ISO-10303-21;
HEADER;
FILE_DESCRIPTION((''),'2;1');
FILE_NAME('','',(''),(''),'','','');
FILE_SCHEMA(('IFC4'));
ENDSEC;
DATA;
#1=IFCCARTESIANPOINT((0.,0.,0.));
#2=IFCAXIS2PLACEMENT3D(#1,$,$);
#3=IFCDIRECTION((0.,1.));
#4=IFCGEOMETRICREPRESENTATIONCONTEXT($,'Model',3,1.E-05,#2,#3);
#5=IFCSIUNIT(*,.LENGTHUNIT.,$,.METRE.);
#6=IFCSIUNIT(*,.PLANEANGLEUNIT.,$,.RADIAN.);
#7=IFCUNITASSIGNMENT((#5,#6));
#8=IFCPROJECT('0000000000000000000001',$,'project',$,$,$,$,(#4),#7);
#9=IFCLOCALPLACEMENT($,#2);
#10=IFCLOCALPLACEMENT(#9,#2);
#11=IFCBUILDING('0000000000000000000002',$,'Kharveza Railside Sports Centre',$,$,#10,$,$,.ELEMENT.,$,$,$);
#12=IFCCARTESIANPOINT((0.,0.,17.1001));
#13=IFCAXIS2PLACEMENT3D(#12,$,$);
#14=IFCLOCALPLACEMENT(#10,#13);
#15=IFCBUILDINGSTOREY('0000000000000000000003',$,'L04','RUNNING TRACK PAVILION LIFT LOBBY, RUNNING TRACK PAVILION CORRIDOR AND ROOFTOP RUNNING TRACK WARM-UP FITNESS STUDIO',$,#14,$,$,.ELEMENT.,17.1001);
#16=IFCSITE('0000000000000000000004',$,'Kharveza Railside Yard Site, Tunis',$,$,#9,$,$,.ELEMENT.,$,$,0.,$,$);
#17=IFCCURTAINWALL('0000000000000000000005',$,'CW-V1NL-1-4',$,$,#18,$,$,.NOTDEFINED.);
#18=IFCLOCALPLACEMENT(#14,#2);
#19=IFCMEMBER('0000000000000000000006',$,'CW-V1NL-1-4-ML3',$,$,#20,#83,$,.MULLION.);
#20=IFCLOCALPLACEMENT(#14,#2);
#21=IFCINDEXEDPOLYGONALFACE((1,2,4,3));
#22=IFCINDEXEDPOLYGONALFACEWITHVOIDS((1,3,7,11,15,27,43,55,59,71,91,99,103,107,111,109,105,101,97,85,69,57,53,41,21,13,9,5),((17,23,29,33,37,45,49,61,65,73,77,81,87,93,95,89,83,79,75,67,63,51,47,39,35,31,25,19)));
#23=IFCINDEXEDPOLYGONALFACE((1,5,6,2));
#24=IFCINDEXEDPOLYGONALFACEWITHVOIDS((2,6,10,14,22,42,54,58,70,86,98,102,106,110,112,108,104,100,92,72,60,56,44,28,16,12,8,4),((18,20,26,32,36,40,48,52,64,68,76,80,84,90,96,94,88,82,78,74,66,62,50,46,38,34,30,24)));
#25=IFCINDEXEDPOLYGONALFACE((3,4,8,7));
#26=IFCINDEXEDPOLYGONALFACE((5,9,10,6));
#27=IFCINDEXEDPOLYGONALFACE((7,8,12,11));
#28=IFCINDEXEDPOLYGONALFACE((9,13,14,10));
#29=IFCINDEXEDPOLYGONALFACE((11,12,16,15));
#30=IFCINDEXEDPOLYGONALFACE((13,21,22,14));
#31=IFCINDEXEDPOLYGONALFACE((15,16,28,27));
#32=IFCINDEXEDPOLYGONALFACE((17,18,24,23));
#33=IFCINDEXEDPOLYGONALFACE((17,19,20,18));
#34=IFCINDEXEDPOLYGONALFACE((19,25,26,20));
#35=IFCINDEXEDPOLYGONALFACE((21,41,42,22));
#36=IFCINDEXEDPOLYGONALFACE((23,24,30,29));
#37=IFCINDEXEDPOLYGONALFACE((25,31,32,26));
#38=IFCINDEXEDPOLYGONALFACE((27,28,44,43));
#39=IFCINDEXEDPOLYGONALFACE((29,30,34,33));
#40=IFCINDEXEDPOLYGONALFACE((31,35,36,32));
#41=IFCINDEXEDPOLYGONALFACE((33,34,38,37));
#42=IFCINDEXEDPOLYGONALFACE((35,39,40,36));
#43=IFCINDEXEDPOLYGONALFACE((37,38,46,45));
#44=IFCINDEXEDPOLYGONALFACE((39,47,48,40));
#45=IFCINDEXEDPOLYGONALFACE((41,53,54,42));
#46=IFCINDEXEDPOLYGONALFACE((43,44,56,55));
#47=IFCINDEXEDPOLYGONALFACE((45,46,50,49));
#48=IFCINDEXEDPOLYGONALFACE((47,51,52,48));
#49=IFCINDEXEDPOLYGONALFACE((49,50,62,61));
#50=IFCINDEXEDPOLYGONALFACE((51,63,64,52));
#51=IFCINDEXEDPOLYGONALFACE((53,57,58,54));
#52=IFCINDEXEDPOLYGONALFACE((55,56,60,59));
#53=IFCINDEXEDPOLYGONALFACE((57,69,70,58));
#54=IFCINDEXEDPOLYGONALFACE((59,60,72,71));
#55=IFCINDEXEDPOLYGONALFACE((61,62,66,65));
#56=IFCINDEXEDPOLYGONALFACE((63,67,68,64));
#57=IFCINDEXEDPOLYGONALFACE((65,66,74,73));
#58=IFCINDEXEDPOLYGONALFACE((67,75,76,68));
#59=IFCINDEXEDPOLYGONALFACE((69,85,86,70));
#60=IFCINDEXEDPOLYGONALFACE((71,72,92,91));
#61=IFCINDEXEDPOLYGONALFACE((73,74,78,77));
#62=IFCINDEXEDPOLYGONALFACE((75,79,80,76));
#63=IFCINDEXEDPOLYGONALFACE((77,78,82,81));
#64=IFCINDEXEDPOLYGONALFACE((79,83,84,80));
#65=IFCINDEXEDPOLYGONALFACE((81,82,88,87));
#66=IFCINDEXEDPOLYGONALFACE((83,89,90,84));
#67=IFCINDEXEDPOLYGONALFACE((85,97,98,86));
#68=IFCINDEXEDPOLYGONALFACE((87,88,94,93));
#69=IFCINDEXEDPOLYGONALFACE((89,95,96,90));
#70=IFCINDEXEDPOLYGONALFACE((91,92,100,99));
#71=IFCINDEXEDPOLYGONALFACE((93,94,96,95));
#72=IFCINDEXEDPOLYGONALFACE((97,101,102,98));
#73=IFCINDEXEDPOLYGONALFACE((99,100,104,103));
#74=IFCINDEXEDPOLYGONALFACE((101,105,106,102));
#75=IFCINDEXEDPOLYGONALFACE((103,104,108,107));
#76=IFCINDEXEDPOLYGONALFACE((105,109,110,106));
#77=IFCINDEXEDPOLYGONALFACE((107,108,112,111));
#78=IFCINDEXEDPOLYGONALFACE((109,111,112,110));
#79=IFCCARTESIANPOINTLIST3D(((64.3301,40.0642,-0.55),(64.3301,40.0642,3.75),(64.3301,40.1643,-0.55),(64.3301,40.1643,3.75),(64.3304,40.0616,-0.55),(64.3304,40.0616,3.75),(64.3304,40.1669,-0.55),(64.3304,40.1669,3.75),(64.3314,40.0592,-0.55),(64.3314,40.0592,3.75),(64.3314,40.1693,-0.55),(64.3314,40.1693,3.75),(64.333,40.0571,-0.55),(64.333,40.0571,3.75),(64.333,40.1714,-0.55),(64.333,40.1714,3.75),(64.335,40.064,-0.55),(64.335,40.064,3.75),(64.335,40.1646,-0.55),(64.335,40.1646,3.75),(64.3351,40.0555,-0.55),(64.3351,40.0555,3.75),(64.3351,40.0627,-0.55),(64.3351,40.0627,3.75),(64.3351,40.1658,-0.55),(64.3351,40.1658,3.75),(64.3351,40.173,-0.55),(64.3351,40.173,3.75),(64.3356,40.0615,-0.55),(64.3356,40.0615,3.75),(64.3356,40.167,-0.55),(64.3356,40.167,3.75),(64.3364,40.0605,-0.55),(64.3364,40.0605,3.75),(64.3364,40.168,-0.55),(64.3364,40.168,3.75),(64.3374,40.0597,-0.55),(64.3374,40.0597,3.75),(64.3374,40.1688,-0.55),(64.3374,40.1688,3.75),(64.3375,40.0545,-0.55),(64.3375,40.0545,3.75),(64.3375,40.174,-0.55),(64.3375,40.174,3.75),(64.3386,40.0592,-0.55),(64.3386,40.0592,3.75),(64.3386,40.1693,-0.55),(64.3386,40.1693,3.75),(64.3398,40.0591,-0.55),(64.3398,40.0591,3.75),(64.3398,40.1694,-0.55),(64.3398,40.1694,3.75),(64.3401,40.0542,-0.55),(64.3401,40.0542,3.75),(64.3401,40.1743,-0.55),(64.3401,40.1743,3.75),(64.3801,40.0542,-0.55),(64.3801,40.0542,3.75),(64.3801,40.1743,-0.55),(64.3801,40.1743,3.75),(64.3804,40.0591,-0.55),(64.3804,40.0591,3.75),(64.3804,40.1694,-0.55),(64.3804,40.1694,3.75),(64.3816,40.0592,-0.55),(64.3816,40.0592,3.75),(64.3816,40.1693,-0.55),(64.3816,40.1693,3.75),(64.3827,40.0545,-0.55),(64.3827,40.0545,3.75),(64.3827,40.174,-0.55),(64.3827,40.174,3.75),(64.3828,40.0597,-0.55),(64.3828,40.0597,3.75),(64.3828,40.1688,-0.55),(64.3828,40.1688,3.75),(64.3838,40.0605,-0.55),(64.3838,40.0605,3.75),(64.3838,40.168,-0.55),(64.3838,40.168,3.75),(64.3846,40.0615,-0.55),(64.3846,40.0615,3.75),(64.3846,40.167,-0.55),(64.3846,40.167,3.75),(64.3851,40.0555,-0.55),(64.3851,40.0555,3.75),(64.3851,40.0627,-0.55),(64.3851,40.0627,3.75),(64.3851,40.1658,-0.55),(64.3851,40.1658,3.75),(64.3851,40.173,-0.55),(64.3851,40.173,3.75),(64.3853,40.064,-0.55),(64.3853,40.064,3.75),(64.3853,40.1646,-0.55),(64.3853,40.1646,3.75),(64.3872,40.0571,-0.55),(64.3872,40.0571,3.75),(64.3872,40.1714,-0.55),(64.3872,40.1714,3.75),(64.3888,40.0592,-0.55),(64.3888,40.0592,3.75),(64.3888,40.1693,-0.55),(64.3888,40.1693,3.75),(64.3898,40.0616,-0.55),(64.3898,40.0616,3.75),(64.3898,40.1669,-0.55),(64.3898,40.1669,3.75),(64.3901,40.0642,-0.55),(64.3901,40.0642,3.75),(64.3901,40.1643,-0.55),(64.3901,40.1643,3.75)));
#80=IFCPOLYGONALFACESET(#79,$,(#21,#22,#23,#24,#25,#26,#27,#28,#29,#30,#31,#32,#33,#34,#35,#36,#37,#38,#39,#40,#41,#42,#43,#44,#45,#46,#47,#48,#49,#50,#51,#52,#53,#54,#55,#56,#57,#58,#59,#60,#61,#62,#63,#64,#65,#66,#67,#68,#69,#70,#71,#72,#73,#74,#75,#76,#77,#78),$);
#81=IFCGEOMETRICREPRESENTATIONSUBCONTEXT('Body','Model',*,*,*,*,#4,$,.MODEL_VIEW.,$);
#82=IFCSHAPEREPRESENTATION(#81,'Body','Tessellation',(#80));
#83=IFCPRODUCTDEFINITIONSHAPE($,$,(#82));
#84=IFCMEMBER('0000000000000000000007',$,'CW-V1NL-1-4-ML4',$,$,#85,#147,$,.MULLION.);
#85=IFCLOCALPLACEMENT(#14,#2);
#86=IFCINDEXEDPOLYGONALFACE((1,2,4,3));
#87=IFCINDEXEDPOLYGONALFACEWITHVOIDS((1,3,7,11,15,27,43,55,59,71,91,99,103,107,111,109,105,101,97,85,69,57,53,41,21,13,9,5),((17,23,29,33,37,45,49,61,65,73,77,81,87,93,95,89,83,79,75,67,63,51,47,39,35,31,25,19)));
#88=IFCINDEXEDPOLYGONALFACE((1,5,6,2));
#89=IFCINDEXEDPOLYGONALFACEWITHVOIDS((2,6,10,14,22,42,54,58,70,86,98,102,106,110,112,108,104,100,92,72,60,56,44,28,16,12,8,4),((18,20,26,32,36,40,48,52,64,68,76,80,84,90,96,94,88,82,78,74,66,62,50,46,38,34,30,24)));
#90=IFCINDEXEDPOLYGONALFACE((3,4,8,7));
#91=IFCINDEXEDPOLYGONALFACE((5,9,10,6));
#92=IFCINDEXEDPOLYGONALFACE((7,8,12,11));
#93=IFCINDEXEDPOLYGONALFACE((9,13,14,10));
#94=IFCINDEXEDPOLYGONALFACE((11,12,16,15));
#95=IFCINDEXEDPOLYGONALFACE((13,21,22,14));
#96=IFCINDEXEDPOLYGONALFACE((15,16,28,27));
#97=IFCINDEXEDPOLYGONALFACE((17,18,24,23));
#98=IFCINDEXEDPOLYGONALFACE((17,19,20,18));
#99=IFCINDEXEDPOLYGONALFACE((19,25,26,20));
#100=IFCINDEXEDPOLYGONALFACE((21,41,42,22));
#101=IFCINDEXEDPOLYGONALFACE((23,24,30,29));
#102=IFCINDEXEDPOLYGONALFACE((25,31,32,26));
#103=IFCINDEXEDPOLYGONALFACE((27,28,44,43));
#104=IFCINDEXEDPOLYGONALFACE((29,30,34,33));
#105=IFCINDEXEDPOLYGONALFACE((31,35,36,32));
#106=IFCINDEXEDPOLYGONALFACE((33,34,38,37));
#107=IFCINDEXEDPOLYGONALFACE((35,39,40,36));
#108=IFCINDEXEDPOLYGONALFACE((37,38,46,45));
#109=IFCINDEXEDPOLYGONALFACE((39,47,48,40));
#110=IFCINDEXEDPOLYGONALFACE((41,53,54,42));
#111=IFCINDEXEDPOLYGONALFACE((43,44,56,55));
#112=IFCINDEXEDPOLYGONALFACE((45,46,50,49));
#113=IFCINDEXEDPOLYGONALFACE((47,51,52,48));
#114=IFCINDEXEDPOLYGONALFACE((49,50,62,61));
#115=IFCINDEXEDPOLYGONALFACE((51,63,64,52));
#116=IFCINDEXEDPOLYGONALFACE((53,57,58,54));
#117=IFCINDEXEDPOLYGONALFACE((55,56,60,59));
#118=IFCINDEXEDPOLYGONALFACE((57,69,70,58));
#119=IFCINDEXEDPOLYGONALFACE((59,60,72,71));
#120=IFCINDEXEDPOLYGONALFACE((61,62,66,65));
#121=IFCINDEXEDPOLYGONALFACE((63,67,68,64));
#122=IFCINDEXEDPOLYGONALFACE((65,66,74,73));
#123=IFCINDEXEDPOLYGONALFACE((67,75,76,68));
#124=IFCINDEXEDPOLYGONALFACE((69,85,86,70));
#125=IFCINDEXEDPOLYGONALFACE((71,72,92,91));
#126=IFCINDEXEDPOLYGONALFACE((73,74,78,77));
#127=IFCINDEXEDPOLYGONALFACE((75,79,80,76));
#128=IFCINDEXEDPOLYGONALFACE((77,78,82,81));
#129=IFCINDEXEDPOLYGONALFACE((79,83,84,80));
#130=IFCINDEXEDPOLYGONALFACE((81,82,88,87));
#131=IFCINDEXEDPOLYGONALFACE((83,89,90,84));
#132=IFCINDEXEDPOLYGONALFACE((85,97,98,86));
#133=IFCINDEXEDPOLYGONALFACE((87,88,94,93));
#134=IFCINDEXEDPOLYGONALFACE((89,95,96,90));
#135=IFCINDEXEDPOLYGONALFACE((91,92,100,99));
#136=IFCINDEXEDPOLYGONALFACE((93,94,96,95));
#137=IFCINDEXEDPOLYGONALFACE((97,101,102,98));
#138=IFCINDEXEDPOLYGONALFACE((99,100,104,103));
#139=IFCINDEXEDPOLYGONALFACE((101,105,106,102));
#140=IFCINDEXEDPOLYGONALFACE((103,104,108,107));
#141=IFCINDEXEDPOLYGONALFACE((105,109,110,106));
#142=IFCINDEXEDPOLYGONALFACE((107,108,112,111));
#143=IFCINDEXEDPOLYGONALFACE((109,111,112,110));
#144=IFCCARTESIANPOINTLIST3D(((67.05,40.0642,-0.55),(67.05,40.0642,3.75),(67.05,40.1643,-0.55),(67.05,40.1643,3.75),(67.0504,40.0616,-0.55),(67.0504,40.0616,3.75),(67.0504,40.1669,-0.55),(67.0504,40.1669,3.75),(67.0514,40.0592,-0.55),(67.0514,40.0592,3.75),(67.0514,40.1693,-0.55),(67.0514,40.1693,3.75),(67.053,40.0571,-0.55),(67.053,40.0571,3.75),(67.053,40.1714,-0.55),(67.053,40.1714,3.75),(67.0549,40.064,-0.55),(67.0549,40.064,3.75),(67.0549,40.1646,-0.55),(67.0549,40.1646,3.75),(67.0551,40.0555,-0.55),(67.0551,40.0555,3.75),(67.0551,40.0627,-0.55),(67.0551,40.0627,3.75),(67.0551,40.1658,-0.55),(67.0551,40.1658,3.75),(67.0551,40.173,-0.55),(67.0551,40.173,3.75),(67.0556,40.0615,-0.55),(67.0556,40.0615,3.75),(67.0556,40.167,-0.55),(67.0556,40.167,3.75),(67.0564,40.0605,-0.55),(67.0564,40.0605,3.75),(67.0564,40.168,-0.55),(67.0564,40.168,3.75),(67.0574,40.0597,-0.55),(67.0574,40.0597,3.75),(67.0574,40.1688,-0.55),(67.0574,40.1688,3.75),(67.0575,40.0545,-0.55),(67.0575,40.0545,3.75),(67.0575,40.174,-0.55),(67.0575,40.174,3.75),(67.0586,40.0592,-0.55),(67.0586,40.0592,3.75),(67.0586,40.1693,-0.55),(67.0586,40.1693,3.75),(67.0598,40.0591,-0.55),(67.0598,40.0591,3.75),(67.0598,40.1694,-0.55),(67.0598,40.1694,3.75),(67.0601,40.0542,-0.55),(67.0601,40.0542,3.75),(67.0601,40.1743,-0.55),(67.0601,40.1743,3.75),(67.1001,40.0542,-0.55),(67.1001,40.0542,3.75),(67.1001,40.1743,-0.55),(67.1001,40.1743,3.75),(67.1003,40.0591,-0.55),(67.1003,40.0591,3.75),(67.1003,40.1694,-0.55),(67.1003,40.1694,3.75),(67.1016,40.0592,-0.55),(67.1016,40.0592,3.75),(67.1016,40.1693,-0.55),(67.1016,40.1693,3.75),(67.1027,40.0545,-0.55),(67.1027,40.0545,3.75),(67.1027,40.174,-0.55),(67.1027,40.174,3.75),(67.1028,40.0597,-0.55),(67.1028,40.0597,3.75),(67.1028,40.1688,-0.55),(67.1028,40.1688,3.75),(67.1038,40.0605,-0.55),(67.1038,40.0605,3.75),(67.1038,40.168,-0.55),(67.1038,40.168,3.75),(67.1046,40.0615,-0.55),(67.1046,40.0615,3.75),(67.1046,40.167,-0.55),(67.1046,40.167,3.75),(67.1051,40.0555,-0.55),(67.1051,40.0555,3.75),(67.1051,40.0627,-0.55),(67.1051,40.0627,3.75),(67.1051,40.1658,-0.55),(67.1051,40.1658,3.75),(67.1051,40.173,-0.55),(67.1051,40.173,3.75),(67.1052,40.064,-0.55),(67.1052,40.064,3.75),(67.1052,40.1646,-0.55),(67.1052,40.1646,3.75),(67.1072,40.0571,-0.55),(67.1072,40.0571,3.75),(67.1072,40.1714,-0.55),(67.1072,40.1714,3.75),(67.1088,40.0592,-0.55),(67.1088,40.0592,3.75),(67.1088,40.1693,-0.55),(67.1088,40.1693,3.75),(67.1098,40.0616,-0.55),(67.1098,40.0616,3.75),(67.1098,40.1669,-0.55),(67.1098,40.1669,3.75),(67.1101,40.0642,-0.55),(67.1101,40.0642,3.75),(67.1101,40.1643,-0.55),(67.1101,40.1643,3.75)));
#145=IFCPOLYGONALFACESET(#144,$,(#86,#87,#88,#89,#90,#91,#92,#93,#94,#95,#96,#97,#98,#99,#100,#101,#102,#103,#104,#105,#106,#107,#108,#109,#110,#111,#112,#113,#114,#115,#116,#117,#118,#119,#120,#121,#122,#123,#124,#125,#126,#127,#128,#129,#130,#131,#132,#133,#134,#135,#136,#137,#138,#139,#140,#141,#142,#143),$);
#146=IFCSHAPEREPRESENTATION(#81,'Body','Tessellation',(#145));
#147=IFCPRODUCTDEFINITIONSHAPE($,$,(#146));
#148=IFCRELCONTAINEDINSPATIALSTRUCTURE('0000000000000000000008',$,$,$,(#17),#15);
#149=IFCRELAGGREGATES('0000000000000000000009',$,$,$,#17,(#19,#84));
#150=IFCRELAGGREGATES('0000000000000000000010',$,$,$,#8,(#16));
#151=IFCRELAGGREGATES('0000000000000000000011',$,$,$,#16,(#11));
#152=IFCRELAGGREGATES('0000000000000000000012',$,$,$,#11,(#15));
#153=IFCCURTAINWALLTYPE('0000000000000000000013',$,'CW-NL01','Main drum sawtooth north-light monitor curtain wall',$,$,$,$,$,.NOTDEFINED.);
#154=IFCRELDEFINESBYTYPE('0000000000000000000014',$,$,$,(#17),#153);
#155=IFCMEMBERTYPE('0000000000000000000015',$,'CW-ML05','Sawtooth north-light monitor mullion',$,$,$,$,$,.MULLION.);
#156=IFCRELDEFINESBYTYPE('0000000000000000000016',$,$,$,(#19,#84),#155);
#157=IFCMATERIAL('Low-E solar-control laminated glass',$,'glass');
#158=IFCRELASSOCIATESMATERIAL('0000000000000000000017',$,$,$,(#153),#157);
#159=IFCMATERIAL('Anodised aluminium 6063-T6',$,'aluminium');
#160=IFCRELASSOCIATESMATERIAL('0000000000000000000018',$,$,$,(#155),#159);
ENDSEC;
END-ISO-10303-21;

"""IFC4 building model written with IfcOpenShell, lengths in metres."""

from ifc_helpers import new_model, si_unit, direction, frame, origin, origin_2d, place, context, subcontext, project, spatial, hollow_rectangle, extrude, material, material_profile, profile_set, type_object, element, aggregate, save


model = new_model("IFC4")

# Units and contexts
model_context = context("Model", 3, precision=1e-05, world=origin(), true_north=direction((0.0, 1.0)))
body_context = subcontext(model_context, "Body", "Model", "MODEL_VIEW")
ifc_project = project(units=[si_unit("LENGTHUNIT", "METRE"), si_unit("PLANEANGLEUNIT", "RADIAN")], contexts=[model_context])

# Site, building, storey
site_placement = place(None, origin())
site = spatial("IfcSite", under=ifc_project, at=site_placement, Name="Kharveza Railside Yard Site, Tunis", CompositionType="ELEMENT", RefElevation=0.0)
building_placement = place(site_placement, origin())
building = spatial("IfcBuilding", under=site, at=building_placement, Name="Kharveza Railside Sports Centre", CompositionType="ELEMENT")
storey_placement = place(building_placement, frame((0.0, 0.0, 17.1001)))
storey = spatial("IfcBuildingStorey", under=building, at=storey_placement, Name="L04", Description="RUNNING TRACK PAVILION LIFT LOBBY, RUNNING TRACK PAVILION CORRIDOR AND ROOFTOP RUNNING TRACK WARM-UP FITNESS STUDIO", CompositionType="ELEMENT", Elevation=17.1001)

# Curtain wall, members
ifc_material_1 = material(Name="Low-E solar-control laminated glass", Category="glass")
curtain_wall_type = type_object("IfcCurtainWallType", Name="CW-NL01", Description="Main drum sawtooth north-light monitor curtain wall", PredefinedType="NOTDEFINED", material=ifc_material_1)
curtain_wall_1_placement = place(storey_placement, origin())
curtain_wall_1 = element("IfcCurtainWall", 1, at=curtain_wall_1_placement, inside=storey, type_object=curtain_wall_type, Name="CW-V1NL-1-4", PredefinedType="NOTDEFINED")
ifc_material_2 = material(Name="Anodised aluminium 6063-T6", Category="aluminium")
ifc_material_profile_1 = material_profile(ifc_material_2, hollow_rectangle(XDim=0.0601, YDim=0.1201, WallThickness=0.0049, InnerFilletRadius=0.0049, OuterFilletRadius=0.01, at=origin_2d()), Name="RHS 60x120x5.0")
ifc_profile_set_1 = profile_set([ifc_material_profile_1], Name="Anodised aluminium 6063-T6")
member_type_1 = type_object("IfcMemberType", Name="CW-ML05", Description="Sawtooth north-light monitor mullion", PredefinedType="MULLION", material=ifc_profile_set_1)
member_1_placement = place(storey_placement, frame((64.3601, 40.1143, -0.55), z_axis=(0.0, 0.0, 1.0), x_axis=(1.0, 0.0, 0.0)))
member_1 = element("IfcMember", 2, at=member_1_placement, type_object=member_type_1, Name="CW-V1NL-1-4-ML3", PredefinedType="MULLION", context=body_context, shape_type="SweptSolid", body=[
    extrude(hollow_rectangle(XDim=0.0601, YDim=0.1201, WallThickness=0.0049, InnerFilletRadius=0.0049, OuterFilletRadius=0.01, at=origin_2d()), origin(), (0.0, 0.0, 1.0), 4.3),
])
member_2_placement = place(storey_placement, frame((67.0801, 40.1143, -0.55), z_axis=(0.0, 0.0, 1.0), x_axis=(1.0, 0.0, 0.0)))
member_2 = element("IfcMember", 3, at=member_2_placement, type_object=member_type_1, Name="CW-V1NL-1-4-ML4", PredefinedType="MULLION", context=body_context, shape_type="SweptSolid", body=[
    extrude(hollow_rectangle(XDim=0.0601, YDim=0.1201, WallThickness=0.0049, InnerFilletRadius=0.0049, OuterFilletRadius=0.01, at=origin_2d()), origin(), (0.0, 0.0, 1.0), 4.3),
])

aggregate(curtain_wall_1, [member_1, member_2])

save(model, "model.ifc")
